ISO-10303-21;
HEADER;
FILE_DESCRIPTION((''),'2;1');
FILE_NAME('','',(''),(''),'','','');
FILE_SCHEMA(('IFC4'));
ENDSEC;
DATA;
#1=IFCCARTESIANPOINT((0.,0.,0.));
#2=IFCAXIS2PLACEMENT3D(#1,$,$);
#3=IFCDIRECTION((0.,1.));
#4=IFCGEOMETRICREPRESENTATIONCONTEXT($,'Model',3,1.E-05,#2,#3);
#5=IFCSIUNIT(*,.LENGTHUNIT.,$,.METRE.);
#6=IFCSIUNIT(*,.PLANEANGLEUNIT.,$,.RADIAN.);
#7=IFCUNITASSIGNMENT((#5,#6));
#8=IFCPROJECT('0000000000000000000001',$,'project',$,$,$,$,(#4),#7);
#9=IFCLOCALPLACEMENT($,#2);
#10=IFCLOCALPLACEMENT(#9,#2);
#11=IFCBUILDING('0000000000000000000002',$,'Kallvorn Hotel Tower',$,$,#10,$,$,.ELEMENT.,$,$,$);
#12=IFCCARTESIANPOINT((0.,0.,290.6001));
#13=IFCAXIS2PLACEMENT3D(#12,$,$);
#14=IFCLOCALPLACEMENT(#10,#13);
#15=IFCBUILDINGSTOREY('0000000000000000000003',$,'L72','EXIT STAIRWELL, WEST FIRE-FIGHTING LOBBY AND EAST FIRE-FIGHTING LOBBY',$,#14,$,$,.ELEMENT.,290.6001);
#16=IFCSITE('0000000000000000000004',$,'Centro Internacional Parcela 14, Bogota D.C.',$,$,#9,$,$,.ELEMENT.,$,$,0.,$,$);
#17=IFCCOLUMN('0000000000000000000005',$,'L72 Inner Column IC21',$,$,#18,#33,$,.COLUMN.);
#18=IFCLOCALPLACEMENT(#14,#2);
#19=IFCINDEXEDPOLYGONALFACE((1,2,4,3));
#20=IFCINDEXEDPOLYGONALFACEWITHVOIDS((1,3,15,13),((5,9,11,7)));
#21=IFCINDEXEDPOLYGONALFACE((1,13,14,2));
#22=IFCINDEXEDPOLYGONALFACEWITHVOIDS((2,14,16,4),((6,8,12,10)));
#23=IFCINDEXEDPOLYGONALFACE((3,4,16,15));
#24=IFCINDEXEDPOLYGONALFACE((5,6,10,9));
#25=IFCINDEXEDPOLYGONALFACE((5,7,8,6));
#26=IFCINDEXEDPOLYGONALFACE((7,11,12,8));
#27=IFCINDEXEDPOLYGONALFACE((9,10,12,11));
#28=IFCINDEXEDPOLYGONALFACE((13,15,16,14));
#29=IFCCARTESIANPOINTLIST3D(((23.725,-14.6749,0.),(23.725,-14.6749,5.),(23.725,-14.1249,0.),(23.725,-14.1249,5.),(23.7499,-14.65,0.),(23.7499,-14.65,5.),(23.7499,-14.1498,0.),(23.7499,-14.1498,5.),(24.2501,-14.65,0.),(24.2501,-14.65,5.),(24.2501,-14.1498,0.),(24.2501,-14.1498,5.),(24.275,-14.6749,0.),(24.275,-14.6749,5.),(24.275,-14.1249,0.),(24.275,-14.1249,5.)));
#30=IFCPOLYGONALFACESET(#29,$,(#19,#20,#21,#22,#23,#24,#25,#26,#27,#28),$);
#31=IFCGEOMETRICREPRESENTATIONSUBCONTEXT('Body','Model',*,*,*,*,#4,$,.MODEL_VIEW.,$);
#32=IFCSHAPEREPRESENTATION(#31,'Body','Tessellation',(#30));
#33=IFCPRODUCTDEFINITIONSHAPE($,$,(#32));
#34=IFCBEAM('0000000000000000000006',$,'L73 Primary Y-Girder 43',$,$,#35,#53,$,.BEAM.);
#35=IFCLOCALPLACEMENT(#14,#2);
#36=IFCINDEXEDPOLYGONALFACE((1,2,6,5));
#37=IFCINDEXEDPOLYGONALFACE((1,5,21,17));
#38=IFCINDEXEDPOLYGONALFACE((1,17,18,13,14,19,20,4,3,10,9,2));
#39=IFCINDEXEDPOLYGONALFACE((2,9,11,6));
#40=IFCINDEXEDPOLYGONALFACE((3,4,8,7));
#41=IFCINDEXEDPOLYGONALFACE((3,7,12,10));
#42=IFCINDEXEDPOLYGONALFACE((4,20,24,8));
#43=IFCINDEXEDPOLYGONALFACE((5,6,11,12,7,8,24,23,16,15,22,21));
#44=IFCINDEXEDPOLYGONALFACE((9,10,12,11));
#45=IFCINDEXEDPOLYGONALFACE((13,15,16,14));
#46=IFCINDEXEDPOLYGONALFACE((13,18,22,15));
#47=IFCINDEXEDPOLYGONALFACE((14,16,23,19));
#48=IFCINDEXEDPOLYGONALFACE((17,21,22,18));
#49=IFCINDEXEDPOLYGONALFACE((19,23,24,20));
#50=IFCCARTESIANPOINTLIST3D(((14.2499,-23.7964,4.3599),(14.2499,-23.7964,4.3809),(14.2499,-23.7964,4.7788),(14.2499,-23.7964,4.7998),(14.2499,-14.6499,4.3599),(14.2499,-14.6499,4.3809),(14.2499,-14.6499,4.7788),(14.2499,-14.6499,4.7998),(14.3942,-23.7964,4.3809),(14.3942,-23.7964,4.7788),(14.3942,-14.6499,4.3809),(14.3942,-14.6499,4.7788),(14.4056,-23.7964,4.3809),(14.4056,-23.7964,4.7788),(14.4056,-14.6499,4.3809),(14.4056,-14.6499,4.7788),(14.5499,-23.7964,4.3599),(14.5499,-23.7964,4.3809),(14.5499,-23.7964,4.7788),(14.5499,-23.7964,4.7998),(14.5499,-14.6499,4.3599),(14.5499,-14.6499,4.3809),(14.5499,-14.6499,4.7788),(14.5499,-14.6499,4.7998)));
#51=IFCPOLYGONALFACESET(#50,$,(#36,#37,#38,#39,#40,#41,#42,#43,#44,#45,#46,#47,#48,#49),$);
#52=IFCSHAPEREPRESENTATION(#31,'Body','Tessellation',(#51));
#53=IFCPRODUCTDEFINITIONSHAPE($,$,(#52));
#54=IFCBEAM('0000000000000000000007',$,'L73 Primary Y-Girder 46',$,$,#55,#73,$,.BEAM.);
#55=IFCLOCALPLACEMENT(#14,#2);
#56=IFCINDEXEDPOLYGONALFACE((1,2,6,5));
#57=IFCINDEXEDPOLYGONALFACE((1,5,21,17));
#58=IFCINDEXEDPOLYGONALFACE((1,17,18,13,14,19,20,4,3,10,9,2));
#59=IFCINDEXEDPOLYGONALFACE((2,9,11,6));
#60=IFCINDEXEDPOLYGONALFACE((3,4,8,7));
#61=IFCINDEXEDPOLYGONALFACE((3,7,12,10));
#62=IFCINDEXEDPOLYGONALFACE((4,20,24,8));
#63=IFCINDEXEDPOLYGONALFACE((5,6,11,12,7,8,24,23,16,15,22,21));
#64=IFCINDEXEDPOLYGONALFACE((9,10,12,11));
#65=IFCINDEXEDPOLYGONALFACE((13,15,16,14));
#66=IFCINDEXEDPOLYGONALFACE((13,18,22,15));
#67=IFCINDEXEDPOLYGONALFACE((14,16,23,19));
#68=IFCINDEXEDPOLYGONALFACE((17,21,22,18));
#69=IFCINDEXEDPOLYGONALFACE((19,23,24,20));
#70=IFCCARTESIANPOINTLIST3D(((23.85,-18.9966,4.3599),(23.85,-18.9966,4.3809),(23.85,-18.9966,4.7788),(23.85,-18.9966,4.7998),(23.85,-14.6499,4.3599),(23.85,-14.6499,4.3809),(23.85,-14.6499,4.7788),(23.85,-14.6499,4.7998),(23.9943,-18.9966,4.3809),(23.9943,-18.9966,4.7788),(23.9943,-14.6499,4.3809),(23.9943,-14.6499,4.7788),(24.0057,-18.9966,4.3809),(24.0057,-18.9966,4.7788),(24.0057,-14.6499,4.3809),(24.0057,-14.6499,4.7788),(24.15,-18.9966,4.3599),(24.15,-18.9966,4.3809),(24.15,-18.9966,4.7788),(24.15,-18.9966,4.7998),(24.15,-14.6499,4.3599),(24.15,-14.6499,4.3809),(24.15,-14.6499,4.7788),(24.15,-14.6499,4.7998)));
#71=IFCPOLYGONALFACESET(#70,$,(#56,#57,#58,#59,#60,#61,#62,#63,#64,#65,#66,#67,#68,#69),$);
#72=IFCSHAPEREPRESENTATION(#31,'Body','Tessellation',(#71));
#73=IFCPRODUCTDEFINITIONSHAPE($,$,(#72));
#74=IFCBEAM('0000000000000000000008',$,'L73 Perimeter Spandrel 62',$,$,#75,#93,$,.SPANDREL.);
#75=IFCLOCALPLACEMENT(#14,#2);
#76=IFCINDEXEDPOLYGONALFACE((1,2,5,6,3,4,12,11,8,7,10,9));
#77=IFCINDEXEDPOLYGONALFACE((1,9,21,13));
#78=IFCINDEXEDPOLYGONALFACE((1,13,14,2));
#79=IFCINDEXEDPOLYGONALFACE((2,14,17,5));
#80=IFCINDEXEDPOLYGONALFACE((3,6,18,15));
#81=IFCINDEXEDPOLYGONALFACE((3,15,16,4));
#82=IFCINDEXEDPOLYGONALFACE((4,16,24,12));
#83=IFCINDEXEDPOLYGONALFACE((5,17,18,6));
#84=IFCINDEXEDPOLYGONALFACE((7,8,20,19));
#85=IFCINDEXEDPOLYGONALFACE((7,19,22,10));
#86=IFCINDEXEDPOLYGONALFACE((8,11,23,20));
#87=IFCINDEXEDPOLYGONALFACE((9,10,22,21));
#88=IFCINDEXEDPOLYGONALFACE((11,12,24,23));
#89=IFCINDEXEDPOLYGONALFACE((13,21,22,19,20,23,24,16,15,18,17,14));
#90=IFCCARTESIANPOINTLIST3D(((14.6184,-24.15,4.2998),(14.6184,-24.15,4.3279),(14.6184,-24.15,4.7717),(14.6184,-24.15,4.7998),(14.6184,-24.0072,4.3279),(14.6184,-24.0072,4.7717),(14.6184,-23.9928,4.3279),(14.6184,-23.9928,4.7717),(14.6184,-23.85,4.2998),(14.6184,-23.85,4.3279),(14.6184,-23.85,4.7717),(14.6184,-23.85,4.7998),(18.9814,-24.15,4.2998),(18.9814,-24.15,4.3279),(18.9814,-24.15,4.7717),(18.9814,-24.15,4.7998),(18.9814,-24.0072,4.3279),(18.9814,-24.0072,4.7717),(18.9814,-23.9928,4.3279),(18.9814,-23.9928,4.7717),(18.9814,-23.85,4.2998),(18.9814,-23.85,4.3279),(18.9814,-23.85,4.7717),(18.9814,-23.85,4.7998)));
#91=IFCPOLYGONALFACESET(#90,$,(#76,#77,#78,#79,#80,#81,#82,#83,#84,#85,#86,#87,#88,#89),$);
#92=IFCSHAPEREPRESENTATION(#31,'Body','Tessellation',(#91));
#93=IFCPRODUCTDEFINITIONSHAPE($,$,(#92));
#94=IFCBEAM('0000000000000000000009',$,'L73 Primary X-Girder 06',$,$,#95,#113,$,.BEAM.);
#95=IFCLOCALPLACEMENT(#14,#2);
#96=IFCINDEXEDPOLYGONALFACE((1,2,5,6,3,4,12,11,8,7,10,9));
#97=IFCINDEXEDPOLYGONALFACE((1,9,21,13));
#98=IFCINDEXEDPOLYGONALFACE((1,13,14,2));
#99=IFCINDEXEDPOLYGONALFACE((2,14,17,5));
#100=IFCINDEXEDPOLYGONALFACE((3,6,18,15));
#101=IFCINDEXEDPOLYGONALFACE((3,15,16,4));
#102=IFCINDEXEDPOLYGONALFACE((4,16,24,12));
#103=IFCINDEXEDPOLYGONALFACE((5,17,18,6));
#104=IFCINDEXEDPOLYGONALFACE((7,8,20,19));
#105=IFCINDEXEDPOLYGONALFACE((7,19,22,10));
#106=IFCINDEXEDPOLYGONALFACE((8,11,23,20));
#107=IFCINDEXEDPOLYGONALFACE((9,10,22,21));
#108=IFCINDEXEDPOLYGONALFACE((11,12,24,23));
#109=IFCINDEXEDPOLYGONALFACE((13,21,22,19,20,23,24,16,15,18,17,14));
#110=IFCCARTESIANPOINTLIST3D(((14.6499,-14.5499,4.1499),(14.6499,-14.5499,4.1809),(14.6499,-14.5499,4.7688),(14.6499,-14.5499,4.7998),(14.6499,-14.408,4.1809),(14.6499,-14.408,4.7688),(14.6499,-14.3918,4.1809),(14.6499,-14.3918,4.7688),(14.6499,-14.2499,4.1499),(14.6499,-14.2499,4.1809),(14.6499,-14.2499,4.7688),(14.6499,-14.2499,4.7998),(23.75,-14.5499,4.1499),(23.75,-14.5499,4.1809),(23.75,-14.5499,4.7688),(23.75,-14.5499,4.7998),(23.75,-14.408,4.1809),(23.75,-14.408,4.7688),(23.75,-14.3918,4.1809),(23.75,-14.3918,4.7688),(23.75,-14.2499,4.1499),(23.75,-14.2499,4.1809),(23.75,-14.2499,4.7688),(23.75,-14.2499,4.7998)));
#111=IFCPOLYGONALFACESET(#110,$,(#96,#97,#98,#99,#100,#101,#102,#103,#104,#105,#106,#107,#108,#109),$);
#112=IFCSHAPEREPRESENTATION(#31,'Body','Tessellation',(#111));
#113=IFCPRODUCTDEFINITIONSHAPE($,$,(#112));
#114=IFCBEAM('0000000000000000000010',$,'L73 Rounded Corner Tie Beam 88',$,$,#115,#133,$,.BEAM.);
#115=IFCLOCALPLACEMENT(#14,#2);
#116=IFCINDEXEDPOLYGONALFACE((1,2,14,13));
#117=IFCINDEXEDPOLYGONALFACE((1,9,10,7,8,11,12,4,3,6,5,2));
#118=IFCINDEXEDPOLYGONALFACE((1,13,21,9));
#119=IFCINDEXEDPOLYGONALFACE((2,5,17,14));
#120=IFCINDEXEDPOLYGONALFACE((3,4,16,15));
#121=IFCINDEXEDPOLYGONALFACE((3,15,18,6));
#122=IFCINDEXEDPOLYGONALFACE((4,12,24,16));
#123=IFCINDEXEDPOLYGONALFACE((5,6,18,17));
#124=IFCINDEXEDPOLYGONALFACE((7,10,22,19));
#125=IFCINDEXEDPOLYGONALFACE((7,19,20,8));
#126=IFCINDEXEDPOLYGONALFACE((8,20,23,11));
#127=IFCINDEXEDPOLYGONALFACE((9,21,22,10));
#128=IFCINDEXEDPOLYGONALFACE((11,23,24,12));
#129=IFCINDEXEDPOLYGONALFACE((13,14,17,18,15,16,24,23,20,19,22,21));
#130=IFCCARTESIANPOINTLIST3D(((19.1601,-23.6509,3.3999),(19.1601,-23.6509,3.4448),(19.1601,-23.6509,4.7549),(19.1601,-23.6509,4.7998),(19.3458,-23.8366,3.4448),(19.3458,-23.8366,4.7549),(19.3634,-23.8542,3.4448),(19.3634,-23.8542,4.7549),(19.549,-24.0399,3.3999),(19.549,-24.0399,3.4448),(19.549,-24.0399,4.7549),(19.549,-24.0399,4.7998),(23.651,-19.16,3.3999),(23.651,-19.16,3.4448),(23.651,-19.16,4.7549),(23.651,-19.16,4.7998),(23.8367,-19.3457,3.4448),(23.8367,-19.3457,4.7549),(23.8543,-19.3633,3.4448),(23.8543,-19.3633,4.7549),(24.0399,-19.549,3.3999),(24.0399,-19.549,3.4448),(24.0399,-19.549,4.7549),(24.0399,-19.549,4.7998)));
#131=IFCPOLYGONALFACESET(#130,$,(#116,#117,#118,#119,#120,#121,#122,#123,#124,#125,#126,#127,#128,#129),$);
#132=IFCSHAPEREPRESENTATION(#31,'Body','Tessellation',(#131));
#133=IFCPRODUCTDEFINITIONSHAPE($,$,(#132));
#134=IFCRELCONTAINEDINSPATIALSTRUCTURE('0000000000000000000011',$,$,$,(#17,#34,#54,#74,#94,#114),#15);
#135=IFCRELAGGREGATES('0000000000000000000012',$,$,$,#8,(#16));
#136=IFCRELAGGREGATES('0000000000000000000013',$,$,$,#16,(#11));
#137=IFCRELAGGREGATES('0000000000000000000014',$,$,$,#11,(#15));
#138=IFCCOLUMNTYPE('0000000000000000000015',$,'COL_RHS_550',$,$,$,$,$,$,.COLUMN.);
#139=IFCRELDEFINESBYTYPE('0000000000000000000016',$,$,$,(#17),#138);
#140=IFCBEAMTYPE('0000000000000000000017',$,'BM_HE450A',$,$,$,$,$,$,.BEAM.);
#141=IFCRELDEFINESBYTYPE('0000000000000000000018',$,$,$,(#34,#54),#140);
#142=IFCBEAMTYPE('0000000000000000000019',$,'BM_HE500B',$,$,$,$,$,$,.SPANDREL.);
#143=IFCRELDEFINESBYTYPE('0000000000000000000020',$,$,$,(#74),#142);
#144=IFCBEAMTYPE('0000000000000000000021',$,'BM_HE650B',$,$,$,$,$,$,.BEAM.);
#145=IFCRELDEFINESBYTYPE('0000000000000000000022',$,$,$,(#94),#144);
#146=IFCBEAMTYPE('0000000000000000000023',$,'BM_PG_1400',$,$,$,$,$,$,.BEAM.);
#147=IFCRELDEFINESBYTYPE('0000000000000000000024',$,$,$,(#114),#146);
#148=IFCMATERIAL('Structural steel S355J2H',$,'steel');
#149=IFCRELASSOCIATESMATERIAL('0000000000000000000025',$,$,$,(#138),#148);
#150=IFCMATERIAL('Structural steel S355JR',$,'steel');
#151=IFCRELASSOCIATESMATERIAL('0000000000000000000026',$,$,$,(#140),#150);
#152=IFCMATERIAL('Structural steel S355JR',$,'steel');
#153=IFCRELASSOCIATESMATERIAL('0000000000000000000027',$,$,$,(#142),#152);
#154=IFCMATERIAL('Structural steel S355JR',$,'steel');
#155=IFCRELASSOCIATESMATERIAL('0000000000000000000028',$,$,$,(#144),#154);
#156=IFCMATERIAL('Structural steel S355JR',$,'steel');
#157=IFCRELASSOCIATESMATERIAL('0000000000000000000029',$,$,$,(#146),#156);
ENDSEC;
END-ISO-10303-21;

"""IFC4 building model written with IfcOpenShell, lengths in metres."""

from ifc_helpers import new_model, si_unit, direction, frame, origin, origin_2d, place, context, subcontext, project, spatial, hollow_rectangle, i_section, extrude, material, material_profile, profile_set, type_object, element, save


model = new_model("IFC4")

# Units and contexts
model_context = context("Model", 3, precision=1e-05, world=origin(), true_north=direction((0.0, 1.0)))
body_context = subcontext(model_context, "Body", "Model", "MODEL_VIEW")
ifc_project = project(units=[si_unit("LENGTHUNIT", "METRE"), si_unit("PLANEANGLEUNIT", "RADIAN")], contexts=[model_context])

# Site, building, storey
site_placement = place(None, origin())
site = spatial("IfcSite", under=ifc_project, at=site_placement, Name="Centro Internacional Parcela 14, Bogota D.C.", CompositionType="ELEMENT", RefElevation=0.0)
building_placement = place(site_placement, origin())
building = spatial("IfcBuilding", under=site, at=building_placement, Name="Kallvorn Hotel Tower", CompositionType="ELEMENT")
storey_placement = place(building_placement, frame((0.0, 0.0, 290.6001)))
storey = spatial("IfcBuildingStorey", under=building, at=storey_placement, Name="L72", Description="EXIT STAIRWELL, WEST FIRE-FIGHTING LOBBY AND EAST FIRE-FIGHTING LOBBY", CompositionType="ELEMENT", Elevation=290.6001)

# Column
ifc_material_1 = material(Name="Structural steel S355J2H", Category="steel")
ifc_material_profile_1 = material_profile(ifc_material_1, hollow_rectangle(XDim=0.55, YDim=0.55, WallThickness=0.0249, at=origin_2d()), Name="RHS 550x550x25")
ifc_profile_set_1 = profile_set([ifc_material_profile_1], Name="Structural steel S355J2H")
column_type_1 = type_object("IfcColumnType", Name="COL_RHS_550", PredefinedType="COLUMN", material=ifc_profile_set_1)
for number, where, z_axis, x_axis, name in (
    (1, (24.0, -14.3999, 0.0), (0.0, 0.0, 1.0), (1.0, 0.0, 0.0), "L72 Inner Column IC21"),
):
    element("IfcColumn", number, at=place(storey_placement, frame(where, z_axis=z_axis, x_axis=x_axis)), inside=storey, type_object=column_type_1, Name=name, PredefinedType="COLUMN", context=body_context, shape_type="SweptSolid", body=[
        extrude(hollow_rectangle(XDim=0.55, YDim=0.55, WallThickness=0.0249, at=origin_2d()), origin(), (0.0, 0.0, 1.0), 5.0),
    ])

# Beams
ifc_material_2 = material(Name="Structural steel S355JR", Category="steel")
ifc_material_profile_2 = material_profile(ifc_material_2, i_section(OverallWidth=0.3, OverallDepth=0.4399, WebThickness=0.0115, FlangeThickness=0.021, at=origin_2d()), Name="HE 450 A")
ifc_profile_set_2 = profile_set([ifc_material_profile_2], Name="Structural steel S355JR")
beam_type_1 = type_object("IfcBeamType", Name="BM_HE450A", PredefinedType="BEAM", material=ifc_profile_set_2)
beam_1_placement = place(storey_placement, frame((14.3999, -23.7964, 4.5798), z_axis=(0.0, 1.0, 0.0), x_axis=(-1.0, 0.0, 0.0)))
element("IfcBeam", 2, at=beam_1_placement, inside=storey, type_object=beam_type_1, Name="L73 Primary Y-Girder 43", PredefinedType="BEAM", context=body_context, shape_type="SweptSolid", body=[
    extrude(i_section(OverallWidth=0.3, OverallDepth=0.4399, WebThickness=0.0115, FlangeThickness=0.021, at=origin_2d()), origin(), (0.0, 0.0, 1.0), 9.1465),
])
beam_2_placement = place(storey_placement, frame((24.0, -18.9966, 4.5798), z_axis=(0.0, 1.0, 0.0), x_axis=(-1.0, 0.0, 0.0)))
element("IfcBeam", 3, at=beam_2_placement, inside=storey, type_object=beam_type_1, Name="L73 Primary Y-Girder 46", PredefinedType="BEAM", context=body_context, shape_type="SweptSolid", body=[
    extrude(i_section(OverallWidth=0.3, OverallDepth=0.4399, WebThickness=0.0115, FlangeThickness=0.021, at=origin_2d()), origin(), (0.0, 0.0, 1.0), 4.3467),
])
ifc_material_3 = material(Name="Structural steel S355JR", Category="steel")
ifc_material_profile_3 = material_profile(ifc_material_3, i_section(OverallWidth=0.3, OverallDepth=0.5, WebThickness=0.0144, FlangeThickness=0.0281, at=origin_2d()), Name="HE 500 B")
ifc_profile_set_3 = profile_set([ifc_material_profile_3], Name="Structural steel S355JR")
beam_type_2 = type_object("IfcBeamType", Name="BM_HE500B", PredefinedType="SPANDREL", material=ifc_profile_set_3)
beam_3_placement = place(storey_placement, frame((14.6184, -24.0, 4.5498), z_axis=(1.0, 0.0, 0.0), x_axis=(0.0, 1.0, 0.0)))
element("IfcBeam", 4, at=beam_3_placement, inside=storey, type_object=beam_type_2, Name="L73 Perimeter Spandrel 62", PredefinedType="SPANDREL", context=body_context, shape_type="SweptSolid", body=[
    extrude(i_section(OverallWidth=0.3, OverallDepth=0.5, WebThickness=0.0144, FlangeThickness=0.0281, at=origin_2d()), origin(), (0.0, 0.0, 1.0), 4.363),
])
ifc_material_4 = material(Name="Structural steel S355JR", Category="steel")
ifc_material_profile_4 = material_profile(ifc_material_4, i_section(OverallWidth=0.3, OverallDepth=0.6499, WebThickness=0.0161, FlangeThickness=0.031, at=origin_2d()), Name="HE 650 B")
ifc_profile_set_4 = profile_set([ifc_material_profile_4], Name="Structural steel S355JR")
beam_type_3 = type_object("IfcBeamType", Name="BM_HE650B", PredefinedType="BEAM", material=ifc_profile_set_4)
beam_4_placement = place(storey_placement, frame((14.6499, -14.3999, 4.4749), z_axis=(1.0, 0.0, 0.0), x_axis=(0.0, 1.0, 0.0)))
element("IfcBeam", 5, at=beam_4_placement, inside=storey, type_object=beam_type_3, Name="L73 Primary X-Girder 06", PredefinedType="BEAM", context=body_context, shape_type="SweptSolid", body=[
    extrude(i_section(OverallWidth=0.3, OverallDepth=0.6499, WebThickness=0.0161, FlangeThickness=0.031, at=origin_2d()), origin(), (0.0, 0.0, 1.0), 9.1001),
])
ifc_material_5 = material(Name="Structural steel S355JR", Category="steel")
ifc_material_profile_5 = material_profile(ifc_material_5, i_section(OverallWidth=0.55, OverallDepth=1.3999, WebThickness=0.0249, FlangeThickness=0.0449, at=origin_2d()), Name="PG 1400x550x25x45")
ifc_profile_set_5 = profile_set([ifc_material_profile_5], Name="Structural steel S355JR")
beam_type_4 = type_object("IfcBeamType", Name="BM_PG_1400", PredefinedType="BEAM", material=ifc_profile_set_5)
beam_5_placement = place(storey_placement, frame((23.8455, -19.3545, 4.0999), z_axis=(-0.707107, -0.707107, 0.0), x_axis=(0.707107, -0.707107, 0.0)))
element("IfcBeam", 6, at=beam_5_placement, inside=storey, type_object=beam_type_4, Name="L73 Rounded Corner Tie Beam 88", PredefinedType="BEAM", context=body_context, shape_type="SweptSolid", body=[
    extrude(i_section(OverallWidth=0.55, OverallDepth=1.3999, WebThickness=0.0249, FlangeThickness=0.0449, at=origin_2d()), origin(), (0.0, 0.0, 1.0), 6.3511),
])

save(model, "model.ifc")
